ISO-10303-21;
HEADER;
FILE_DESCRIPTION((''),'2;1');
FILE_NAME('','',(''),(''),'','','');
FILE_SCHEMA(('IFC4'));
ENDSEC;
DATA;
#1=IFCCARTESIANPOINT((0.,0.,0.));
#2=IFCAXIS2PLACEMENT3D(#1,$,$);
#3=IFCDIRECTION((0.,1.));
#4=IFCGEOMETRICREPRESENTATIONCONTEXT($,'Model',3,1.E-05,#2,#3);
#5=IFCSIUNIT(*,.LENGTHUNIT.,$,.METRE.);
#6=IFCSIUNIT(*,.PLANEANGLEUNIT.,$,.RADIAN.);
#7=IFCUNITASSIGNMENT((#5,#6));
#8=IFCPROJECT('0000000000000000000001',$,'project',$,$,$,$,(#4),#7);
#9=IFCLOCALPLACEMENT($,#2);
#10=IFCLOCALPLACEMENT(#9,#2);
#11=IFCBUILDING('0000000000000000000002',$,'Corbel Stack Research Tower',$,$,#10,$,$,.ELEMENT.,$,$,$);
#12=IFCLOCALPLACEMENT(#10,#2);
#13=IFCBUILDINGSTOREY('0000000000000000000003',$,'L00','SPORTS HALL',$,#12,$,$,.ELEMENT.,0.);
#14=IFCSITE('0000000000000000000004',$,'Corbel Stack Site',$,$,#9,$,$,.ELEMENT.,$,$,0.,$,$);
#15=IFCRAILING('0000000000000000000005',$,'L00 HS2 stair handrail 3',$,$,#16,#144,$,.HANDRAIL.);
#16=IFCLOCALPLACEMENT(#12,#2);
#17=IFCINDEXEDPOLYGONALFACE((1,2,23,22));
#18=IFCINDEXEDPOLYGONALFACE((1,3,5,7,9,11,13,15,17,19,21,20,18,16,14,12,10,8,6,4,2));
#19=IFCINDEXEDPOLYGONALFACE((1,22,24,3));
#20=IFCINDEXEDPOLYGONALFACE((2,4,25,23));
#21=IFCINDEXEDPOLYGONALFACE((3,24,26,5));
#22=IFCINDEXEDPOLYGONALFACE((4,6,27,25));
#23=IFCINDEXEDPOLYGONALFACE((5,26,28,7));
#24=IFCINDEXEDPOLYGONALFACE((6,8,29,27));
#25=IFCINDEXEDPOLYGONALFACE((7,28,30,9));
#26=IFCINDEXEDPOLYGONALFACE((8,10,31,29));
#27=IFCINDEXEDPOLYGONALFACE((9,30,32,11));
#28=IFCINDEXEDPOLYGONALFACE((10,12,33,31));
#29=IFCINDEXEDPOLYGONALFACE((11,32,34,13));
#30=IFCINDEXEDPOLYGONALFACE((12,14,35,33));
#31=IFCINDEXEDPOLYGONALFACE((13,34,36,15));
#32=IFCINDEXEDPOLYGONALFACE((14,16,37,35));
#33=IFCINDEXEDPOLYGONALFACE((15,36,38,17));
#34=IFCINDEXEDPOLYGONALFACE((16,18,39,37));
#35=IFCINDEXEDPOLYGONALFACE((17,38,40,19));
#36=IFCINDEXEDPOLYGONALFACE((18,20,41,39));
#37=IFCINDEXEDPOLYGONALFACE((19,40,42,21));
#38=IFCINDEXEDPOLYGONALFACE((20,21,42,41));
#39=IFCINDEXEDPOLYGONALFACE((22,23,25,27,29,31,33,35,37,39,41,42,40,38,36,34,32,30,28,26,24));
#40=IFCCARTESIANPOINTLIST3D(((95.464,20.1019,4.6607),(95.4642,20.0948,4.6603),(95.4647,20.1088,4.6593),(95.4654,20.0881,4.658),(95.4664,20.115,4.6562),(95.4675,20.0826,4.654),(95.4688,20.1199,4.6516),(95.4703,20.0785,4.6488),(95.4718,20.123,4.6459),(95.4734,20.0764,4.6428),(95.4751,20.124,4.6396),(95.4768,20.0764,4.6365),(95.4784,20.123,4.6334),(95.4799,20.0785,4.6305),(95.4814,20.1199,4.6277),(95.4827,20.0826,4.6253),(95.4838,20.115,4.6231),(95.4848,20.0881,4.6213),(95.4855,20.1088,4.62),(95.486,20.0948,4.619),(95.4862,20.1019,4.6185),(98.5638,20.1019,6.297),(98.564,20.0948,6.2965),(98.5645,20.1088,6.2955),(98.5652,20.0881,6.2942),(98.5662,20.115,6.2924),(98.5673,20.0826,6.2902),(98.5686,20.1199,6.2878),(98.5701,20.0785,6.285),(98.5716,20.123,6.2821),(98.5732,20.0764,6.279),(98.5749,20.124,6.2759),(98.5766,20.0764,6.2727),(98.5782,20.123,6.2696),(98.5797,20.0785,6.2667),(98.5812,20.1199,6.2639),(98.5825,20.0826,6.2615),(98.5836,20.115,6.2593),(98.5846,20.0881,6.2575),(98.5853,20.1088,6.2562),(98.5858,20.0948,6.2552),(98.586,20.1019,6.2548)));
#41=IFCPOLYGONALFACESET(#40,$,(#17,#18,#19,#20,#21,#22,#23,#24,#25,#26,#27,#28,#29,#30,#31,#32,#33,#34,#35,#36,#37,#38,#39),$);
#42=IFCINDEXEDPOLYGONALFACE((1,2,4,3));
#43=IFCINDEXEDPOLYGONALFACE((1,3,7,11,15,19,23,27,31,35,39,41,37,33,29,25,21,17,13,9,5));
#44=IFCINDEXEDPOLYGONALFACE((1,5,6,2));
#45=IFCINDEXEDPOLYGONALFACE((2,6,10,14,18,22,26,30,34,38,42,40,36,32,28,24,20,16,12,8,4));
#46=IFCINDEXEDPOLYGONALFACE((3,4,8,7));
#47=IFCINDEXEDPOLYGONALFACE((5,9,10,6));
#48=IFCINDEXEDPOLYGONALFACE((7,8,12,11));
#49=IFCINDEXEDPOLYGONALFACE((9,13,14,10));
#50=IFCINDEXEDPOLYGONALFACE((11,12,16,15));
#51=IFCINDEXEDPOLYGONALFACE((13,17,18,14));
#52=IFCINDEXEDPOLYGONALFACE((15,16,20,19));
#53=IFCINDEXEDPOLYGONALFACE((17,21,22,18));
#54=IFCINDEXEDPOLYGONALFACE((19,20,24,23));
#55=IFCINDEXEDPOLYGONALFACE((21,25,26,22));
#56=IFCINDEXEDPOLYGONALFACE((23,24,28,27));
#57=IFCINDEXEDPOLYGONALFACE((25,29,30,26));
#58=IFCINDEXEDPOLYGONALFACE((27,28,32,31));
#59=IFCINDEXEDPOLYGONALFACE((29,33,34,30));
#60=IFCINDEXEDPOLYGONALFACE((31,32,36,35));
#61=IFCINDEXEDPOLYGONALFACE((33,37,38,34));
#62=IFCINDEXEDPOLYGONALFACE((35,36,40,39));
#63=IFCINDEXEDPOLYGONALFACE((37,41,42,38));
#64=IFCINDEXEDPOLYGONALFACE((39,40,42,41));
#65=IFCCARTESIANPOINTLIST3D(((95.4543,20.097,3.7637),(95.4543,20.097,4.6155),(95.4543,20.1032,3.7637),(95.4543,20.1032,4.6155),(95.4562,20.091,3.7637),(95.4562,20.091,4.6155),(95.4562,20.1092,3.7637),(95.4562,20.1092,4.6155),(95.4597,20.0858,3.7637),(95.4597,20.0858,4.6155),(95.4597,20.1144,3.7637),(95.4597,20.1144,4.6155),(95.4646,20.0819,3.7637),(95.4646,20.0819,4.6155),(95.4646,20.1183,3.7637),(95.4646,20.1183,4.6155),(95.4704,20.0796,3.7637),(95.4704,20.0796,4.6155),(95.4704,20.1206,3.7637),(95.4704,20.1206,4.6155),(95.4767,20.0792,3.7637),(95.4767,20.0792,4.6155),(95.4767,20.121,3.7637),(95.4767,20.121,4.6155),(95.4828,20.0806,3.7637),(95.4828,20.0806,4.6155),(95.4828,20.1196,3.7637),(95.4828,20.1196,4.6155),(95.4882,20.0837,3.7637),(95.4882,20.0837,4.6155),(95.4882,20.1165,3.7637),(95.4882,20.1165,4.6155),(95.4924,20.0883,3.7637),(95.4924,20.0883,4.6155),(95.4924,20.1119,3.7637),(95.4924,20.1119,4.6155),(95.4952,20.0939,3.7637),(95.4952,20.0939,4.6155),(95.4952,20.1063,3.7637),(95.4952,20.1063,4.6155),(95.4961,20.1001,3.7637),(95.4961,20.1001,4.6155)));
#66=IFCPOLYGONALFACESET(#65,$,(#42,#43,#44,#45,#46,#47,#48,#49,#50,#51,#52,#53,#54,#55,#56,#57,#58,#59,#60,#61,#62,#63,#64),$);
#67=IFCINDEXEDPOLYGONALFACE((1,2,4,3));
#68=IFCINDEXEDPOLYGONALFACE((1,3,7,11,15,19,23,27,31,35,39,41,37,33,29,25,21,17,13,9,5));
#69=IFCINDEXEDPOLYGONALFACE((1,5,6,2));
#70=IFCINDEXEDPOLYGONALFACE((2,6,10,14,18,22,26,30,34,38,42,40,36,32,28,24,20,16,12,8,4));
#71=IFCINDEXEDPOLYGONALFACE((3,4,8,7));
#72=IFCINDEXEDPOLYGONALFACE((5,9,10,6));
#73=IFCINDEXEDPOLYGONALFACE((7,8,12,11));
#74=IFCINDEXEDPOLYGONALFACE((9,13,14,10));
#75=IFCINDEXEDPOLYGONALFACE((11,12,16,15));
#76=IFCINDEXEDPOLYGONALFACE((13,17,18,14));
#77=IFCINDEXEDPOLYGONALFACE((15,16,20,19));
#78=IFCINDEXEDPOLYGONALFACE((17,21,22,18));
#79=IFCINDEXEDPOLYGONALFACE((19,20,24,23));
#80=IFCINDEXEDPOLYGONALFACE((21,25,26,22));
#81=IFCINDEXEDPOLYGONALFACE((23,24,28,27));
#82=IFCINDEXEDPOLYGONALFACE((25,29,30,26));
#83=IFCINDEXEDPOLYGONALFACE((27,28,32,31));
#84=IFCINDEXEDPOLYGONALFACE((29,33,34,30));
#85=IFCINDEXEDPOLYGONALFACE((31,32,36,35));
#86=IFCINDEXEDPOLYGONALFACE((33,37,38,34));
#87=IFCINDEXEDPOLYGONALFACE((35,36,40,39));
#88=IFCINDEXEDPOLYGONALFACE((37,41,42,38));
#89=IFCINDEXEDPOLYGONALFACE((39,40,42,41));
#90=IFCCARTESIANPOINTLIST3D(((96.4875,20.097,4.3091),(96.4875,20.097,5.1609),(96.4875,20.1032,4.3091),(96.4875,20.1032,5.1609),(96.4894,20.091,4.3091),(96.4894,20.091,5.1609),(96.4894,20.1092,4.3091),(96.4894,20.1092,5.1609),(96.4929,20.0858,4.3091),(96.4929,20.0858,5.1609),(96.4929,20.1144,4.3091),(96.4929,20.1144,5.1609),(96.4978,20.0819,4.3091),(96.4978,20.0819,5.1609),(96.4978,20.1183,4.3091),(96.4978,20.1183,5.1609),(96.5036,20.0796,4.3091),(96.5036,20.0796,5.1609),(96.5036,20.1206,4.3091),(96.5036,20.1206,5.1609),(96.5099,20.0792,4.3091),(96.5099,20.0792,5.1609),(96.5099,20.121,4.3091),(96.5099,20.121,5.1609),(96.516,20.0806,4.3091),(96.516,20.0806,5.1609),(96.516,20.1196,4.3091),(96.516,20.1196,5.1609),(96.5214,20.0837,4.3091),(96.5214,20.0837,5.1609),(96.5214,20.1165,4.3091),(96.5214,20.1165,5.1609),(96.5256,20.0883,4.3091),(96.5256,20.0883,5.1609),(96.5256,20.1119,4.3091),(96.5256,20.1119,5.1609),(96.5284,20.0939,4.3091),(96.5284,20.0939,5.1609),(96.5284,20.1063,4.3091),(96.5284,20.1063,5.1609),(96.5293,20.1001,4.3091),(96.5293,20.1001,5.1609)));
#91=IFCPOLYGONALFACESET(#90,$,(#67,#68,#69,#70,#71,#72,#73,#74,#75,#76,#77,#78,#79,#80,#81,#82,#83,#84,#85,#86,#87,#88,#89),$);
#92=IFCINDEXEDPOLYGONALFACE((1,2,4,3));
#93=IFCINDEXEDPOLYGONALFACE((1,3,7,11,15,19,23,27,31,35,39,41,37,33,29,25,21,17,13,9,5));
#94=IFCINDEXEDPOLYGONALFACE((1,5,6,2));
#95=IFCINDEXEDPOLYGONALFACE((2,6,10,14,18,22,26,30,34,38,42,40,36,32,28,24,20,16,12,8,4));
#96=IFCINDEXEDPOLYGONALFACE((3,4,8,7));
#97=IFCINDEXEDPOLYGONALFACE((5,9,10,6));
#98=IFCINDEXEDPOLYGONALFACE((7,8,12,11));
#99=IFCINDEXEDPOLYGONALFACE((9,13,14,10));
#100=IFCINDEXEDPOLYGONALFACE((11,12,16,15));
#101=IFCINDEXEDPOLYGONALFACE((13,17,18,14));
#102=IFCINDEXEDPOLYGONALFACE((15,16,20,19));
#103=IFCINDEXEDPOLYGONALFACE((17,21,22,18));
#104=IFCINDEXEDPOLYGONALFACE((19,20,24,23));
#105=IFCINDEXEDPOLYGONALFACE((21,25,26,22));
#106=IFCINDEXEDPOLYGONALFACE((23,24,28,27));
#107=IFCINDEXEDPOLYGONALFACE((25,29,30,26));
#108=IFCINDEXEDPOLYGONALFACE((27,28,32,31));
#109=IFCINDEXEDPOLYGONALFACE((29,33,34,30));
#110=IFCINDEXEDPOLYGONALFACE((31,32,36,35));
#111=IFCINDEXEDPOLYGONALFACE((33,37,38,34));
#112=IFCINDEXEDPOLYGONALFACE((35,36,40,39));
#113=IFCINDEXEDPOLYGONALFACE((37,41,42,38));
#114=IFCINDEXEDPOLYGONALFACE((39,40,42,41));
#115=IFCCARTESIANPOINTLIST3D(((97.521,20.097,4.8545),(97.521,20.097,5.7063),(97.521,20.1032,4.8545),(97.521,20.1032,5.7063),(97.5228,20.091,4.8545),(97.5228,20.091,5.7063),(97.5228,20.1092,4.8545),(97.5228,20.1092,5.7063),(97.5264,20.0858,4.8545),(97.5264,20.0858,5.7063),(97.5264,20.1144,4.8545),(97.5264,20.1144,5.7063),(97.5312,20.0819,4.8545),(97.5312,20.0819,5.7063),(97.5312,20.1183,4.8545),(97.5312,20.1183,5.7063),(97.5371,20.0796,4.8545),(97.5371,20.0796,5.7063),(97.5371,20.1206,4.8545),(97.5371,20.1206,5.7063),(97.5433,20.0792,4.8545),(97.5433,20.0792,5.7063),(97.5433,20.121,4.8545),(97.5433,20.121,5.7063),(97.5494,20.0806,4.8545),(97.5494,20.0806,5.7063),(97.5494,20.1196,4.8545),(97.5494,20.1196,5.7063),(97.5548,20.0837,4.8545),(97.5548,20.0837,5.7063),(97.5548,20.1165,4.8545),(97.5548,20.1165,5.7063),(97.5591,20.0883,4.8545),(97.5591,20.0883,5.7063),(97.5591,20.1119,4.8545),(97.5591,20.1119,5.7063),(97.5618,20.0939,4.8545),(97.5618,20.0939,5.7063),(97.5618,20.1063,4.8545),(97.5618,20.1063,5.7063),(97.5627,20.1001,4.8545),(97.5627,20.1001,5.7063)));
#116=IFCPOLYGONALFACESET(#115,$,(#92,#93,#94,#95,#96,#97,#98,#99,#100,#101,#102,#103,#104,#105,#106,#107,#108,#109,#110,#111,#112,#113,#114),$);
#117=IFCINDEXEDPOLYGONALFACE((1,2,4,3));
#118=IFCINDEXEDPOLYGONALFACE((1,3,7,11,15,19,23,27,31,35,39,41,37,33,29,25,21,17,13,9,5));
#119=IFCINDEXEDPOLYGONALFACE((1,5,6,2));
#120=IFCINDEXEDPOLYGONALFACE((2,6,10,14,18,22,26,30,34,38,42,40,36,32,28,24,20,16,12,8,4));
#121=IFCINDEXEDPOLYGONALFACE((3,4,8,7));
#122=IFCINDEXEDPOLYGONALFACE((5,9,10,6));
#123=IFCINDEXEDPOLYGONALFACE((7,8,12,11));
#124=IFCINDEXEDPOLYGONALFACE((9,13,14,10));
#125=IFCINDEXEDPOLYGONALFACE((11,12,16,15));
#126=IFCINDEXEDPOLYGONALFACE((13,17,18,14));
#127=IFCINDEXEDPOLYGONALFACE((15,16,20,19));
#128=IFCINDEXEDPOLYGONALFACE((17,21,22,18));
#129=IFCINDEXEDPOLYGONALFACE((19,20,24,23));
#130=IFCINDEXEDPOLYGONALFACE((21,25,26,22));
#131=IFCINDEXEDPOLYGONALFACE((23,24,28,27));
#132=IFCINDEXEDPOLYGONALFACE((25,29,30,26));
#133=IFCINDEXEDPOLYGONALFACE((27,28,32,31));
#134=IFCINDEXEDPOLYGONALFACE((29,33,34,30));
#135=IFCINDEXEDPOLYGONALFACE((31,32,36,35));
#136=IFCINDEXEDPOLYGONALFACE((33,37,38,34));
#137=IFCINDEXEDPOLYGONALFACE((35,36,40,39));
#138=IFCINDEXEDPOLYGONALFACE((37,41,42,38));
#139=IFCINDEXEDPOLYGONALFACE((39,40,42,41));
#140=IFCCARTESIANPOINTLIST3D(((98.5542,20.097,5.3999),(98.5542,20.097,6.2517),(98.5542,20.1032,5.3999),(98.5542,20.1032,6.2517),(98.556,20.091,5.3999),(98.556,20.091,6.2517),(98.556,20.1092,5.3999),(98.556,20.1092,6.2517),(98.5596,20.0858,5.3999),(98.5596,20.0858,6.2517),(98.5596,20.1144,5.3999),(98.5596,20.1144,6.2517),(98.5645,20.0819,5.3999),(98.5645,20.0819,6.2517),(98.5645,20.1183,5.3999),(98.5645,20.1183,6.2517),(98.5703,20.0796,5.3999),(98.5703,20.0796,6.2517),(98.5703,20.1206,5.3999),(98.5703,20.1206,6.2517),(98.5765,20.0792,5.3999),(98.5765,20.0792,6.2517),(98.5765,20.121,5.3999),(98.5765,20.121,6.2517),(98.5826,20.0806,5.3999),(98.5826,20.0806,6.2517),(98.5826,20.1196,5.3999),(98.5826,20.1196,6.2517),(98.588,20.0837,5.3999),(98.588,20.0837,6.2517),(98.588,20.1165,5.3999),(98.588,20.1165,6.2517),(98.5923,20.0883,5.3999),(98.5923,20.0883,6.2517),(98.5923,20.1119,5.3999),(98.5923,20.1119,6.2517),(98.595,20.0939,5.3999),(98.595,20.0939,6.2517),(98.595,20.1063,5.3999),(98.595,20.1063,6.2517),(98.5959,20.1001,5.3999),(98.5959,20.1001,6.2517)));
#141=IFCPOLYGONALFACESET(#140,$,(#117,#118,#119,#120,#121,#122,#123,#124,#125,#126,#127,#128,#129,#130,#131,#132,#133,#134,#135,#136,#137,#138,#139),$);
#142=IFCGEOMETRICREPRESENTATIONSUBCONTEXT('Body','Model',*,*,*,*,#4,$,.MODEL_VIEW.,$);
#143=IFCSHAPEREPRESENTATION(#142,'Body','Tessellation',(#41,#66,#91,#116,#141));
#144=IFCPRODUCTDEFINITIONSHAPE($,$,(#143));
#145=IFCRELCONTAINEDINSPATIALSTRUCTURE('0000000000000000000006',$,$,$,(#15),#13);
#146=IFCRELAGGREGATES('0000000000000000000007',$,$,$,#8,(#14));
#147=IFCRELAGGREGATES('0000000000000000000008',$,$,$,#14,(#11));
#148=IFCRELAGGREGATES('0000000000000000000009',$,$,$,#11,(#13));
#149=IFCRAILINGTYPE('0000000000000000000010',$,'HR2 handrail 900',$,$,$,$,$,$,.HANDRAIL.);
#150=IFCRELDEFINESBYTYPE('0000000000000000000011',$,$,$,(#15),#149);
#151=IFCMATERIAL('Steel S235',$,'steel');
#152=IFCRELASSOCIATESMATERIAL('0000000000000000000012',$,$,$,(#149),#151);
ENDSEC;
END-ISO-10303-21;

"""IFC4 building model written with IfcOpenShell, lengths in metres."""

from ifc_helpers import new_model, si_unit, direction, frame, origin, origin_2d, place, context, subcontext, project, spatial, circle, extrude, material, type_object, element, save


model = new_model("IFC4")

# Units and contexts
model_context = context("Model", 3, precision=1e-05, world=origin(), true_north=direction((0.0, 1.0)))
body_context = subcontext(model_context, "Body", "Model", "MODEL_VIEW")
ifc_project = project(units=[si_unit("LENGTHUNIT", "METRE"), si_unit("PLANEANGLEUNIT", "RADIAN")], contexts=[model_context])

# Site, building, storey
site_placement = place(None, origin())
site = spatial("IfcSite", under=ifc_project, at=site_placement, Name="Corbel Stack Site", CompositionType="ELEMENT", RefElevation=0.0)
building_placement = place(site_placement, origin())
building = spatial("IfcBuilding", under=site, at=building_placement, Name="Corbel Stack Research Tower", CompositionType="ELEMENT")
storey_placement = place(building_placement, origin())
storey = spatial("IfcBuildingStorey", under=building, at=storey_placement, Name="L00", Description="SPORTS HALL", CompositionType="ELEMENT", Elevation=0.0)

# Railing
ifc_material_1 = material(Name="Steel S235", Category="steel")
railing_type_1 = type_object("IfcRailingType", Name="HR2 handrail 900", PredefinedType="HANDRAIL", material=ifc_material_1)
railing_1_placement = place(storey_placement, frame((95.4751, 20.1001, 3.7637)))
element("IfcRailing", 1, at=railing_1_placement, inside=storey, type_object=railing_type_1, Name="L00 HS2 stair handrail 3", PredefinedType="HANDRAIL", context=body_context, shape_type="SweptSolid", body=[
    extrude(circle(Radius=0.0239, at=origin_2d()), frame((0.0, 0.0, 0.876), z_axis=(0.884362, 0.0, 0.466803), x_axis=(0.0, 1.0, 0.0)), (0.0, 0.0, 1.0), 3.5051),
    extrude(circle(Radius=0.021, at=origin_2d()), origin(), (0.0, 0.0, 1.0), 0.8518),
    extrude(circle(Radius=0.021, at=origin_2d()), frame((1.0332, 0.0, 0.5454)), (0.0, 0.0, 1.0), 0.8518),
    extrude(circle(Radius=0.021, at=origin_2d()), frame((2.0667, 0.0, 1.0908)), (0.0, 0.0, 1.0), 0.8518),
    extrude(circle(Radius=0.021, at=origin_2d()), frame((3.0999, 0.0, 1.6362)), (0.0, 0.0, 1.0), 0.8518),
])

save(model, "model.ifc")
